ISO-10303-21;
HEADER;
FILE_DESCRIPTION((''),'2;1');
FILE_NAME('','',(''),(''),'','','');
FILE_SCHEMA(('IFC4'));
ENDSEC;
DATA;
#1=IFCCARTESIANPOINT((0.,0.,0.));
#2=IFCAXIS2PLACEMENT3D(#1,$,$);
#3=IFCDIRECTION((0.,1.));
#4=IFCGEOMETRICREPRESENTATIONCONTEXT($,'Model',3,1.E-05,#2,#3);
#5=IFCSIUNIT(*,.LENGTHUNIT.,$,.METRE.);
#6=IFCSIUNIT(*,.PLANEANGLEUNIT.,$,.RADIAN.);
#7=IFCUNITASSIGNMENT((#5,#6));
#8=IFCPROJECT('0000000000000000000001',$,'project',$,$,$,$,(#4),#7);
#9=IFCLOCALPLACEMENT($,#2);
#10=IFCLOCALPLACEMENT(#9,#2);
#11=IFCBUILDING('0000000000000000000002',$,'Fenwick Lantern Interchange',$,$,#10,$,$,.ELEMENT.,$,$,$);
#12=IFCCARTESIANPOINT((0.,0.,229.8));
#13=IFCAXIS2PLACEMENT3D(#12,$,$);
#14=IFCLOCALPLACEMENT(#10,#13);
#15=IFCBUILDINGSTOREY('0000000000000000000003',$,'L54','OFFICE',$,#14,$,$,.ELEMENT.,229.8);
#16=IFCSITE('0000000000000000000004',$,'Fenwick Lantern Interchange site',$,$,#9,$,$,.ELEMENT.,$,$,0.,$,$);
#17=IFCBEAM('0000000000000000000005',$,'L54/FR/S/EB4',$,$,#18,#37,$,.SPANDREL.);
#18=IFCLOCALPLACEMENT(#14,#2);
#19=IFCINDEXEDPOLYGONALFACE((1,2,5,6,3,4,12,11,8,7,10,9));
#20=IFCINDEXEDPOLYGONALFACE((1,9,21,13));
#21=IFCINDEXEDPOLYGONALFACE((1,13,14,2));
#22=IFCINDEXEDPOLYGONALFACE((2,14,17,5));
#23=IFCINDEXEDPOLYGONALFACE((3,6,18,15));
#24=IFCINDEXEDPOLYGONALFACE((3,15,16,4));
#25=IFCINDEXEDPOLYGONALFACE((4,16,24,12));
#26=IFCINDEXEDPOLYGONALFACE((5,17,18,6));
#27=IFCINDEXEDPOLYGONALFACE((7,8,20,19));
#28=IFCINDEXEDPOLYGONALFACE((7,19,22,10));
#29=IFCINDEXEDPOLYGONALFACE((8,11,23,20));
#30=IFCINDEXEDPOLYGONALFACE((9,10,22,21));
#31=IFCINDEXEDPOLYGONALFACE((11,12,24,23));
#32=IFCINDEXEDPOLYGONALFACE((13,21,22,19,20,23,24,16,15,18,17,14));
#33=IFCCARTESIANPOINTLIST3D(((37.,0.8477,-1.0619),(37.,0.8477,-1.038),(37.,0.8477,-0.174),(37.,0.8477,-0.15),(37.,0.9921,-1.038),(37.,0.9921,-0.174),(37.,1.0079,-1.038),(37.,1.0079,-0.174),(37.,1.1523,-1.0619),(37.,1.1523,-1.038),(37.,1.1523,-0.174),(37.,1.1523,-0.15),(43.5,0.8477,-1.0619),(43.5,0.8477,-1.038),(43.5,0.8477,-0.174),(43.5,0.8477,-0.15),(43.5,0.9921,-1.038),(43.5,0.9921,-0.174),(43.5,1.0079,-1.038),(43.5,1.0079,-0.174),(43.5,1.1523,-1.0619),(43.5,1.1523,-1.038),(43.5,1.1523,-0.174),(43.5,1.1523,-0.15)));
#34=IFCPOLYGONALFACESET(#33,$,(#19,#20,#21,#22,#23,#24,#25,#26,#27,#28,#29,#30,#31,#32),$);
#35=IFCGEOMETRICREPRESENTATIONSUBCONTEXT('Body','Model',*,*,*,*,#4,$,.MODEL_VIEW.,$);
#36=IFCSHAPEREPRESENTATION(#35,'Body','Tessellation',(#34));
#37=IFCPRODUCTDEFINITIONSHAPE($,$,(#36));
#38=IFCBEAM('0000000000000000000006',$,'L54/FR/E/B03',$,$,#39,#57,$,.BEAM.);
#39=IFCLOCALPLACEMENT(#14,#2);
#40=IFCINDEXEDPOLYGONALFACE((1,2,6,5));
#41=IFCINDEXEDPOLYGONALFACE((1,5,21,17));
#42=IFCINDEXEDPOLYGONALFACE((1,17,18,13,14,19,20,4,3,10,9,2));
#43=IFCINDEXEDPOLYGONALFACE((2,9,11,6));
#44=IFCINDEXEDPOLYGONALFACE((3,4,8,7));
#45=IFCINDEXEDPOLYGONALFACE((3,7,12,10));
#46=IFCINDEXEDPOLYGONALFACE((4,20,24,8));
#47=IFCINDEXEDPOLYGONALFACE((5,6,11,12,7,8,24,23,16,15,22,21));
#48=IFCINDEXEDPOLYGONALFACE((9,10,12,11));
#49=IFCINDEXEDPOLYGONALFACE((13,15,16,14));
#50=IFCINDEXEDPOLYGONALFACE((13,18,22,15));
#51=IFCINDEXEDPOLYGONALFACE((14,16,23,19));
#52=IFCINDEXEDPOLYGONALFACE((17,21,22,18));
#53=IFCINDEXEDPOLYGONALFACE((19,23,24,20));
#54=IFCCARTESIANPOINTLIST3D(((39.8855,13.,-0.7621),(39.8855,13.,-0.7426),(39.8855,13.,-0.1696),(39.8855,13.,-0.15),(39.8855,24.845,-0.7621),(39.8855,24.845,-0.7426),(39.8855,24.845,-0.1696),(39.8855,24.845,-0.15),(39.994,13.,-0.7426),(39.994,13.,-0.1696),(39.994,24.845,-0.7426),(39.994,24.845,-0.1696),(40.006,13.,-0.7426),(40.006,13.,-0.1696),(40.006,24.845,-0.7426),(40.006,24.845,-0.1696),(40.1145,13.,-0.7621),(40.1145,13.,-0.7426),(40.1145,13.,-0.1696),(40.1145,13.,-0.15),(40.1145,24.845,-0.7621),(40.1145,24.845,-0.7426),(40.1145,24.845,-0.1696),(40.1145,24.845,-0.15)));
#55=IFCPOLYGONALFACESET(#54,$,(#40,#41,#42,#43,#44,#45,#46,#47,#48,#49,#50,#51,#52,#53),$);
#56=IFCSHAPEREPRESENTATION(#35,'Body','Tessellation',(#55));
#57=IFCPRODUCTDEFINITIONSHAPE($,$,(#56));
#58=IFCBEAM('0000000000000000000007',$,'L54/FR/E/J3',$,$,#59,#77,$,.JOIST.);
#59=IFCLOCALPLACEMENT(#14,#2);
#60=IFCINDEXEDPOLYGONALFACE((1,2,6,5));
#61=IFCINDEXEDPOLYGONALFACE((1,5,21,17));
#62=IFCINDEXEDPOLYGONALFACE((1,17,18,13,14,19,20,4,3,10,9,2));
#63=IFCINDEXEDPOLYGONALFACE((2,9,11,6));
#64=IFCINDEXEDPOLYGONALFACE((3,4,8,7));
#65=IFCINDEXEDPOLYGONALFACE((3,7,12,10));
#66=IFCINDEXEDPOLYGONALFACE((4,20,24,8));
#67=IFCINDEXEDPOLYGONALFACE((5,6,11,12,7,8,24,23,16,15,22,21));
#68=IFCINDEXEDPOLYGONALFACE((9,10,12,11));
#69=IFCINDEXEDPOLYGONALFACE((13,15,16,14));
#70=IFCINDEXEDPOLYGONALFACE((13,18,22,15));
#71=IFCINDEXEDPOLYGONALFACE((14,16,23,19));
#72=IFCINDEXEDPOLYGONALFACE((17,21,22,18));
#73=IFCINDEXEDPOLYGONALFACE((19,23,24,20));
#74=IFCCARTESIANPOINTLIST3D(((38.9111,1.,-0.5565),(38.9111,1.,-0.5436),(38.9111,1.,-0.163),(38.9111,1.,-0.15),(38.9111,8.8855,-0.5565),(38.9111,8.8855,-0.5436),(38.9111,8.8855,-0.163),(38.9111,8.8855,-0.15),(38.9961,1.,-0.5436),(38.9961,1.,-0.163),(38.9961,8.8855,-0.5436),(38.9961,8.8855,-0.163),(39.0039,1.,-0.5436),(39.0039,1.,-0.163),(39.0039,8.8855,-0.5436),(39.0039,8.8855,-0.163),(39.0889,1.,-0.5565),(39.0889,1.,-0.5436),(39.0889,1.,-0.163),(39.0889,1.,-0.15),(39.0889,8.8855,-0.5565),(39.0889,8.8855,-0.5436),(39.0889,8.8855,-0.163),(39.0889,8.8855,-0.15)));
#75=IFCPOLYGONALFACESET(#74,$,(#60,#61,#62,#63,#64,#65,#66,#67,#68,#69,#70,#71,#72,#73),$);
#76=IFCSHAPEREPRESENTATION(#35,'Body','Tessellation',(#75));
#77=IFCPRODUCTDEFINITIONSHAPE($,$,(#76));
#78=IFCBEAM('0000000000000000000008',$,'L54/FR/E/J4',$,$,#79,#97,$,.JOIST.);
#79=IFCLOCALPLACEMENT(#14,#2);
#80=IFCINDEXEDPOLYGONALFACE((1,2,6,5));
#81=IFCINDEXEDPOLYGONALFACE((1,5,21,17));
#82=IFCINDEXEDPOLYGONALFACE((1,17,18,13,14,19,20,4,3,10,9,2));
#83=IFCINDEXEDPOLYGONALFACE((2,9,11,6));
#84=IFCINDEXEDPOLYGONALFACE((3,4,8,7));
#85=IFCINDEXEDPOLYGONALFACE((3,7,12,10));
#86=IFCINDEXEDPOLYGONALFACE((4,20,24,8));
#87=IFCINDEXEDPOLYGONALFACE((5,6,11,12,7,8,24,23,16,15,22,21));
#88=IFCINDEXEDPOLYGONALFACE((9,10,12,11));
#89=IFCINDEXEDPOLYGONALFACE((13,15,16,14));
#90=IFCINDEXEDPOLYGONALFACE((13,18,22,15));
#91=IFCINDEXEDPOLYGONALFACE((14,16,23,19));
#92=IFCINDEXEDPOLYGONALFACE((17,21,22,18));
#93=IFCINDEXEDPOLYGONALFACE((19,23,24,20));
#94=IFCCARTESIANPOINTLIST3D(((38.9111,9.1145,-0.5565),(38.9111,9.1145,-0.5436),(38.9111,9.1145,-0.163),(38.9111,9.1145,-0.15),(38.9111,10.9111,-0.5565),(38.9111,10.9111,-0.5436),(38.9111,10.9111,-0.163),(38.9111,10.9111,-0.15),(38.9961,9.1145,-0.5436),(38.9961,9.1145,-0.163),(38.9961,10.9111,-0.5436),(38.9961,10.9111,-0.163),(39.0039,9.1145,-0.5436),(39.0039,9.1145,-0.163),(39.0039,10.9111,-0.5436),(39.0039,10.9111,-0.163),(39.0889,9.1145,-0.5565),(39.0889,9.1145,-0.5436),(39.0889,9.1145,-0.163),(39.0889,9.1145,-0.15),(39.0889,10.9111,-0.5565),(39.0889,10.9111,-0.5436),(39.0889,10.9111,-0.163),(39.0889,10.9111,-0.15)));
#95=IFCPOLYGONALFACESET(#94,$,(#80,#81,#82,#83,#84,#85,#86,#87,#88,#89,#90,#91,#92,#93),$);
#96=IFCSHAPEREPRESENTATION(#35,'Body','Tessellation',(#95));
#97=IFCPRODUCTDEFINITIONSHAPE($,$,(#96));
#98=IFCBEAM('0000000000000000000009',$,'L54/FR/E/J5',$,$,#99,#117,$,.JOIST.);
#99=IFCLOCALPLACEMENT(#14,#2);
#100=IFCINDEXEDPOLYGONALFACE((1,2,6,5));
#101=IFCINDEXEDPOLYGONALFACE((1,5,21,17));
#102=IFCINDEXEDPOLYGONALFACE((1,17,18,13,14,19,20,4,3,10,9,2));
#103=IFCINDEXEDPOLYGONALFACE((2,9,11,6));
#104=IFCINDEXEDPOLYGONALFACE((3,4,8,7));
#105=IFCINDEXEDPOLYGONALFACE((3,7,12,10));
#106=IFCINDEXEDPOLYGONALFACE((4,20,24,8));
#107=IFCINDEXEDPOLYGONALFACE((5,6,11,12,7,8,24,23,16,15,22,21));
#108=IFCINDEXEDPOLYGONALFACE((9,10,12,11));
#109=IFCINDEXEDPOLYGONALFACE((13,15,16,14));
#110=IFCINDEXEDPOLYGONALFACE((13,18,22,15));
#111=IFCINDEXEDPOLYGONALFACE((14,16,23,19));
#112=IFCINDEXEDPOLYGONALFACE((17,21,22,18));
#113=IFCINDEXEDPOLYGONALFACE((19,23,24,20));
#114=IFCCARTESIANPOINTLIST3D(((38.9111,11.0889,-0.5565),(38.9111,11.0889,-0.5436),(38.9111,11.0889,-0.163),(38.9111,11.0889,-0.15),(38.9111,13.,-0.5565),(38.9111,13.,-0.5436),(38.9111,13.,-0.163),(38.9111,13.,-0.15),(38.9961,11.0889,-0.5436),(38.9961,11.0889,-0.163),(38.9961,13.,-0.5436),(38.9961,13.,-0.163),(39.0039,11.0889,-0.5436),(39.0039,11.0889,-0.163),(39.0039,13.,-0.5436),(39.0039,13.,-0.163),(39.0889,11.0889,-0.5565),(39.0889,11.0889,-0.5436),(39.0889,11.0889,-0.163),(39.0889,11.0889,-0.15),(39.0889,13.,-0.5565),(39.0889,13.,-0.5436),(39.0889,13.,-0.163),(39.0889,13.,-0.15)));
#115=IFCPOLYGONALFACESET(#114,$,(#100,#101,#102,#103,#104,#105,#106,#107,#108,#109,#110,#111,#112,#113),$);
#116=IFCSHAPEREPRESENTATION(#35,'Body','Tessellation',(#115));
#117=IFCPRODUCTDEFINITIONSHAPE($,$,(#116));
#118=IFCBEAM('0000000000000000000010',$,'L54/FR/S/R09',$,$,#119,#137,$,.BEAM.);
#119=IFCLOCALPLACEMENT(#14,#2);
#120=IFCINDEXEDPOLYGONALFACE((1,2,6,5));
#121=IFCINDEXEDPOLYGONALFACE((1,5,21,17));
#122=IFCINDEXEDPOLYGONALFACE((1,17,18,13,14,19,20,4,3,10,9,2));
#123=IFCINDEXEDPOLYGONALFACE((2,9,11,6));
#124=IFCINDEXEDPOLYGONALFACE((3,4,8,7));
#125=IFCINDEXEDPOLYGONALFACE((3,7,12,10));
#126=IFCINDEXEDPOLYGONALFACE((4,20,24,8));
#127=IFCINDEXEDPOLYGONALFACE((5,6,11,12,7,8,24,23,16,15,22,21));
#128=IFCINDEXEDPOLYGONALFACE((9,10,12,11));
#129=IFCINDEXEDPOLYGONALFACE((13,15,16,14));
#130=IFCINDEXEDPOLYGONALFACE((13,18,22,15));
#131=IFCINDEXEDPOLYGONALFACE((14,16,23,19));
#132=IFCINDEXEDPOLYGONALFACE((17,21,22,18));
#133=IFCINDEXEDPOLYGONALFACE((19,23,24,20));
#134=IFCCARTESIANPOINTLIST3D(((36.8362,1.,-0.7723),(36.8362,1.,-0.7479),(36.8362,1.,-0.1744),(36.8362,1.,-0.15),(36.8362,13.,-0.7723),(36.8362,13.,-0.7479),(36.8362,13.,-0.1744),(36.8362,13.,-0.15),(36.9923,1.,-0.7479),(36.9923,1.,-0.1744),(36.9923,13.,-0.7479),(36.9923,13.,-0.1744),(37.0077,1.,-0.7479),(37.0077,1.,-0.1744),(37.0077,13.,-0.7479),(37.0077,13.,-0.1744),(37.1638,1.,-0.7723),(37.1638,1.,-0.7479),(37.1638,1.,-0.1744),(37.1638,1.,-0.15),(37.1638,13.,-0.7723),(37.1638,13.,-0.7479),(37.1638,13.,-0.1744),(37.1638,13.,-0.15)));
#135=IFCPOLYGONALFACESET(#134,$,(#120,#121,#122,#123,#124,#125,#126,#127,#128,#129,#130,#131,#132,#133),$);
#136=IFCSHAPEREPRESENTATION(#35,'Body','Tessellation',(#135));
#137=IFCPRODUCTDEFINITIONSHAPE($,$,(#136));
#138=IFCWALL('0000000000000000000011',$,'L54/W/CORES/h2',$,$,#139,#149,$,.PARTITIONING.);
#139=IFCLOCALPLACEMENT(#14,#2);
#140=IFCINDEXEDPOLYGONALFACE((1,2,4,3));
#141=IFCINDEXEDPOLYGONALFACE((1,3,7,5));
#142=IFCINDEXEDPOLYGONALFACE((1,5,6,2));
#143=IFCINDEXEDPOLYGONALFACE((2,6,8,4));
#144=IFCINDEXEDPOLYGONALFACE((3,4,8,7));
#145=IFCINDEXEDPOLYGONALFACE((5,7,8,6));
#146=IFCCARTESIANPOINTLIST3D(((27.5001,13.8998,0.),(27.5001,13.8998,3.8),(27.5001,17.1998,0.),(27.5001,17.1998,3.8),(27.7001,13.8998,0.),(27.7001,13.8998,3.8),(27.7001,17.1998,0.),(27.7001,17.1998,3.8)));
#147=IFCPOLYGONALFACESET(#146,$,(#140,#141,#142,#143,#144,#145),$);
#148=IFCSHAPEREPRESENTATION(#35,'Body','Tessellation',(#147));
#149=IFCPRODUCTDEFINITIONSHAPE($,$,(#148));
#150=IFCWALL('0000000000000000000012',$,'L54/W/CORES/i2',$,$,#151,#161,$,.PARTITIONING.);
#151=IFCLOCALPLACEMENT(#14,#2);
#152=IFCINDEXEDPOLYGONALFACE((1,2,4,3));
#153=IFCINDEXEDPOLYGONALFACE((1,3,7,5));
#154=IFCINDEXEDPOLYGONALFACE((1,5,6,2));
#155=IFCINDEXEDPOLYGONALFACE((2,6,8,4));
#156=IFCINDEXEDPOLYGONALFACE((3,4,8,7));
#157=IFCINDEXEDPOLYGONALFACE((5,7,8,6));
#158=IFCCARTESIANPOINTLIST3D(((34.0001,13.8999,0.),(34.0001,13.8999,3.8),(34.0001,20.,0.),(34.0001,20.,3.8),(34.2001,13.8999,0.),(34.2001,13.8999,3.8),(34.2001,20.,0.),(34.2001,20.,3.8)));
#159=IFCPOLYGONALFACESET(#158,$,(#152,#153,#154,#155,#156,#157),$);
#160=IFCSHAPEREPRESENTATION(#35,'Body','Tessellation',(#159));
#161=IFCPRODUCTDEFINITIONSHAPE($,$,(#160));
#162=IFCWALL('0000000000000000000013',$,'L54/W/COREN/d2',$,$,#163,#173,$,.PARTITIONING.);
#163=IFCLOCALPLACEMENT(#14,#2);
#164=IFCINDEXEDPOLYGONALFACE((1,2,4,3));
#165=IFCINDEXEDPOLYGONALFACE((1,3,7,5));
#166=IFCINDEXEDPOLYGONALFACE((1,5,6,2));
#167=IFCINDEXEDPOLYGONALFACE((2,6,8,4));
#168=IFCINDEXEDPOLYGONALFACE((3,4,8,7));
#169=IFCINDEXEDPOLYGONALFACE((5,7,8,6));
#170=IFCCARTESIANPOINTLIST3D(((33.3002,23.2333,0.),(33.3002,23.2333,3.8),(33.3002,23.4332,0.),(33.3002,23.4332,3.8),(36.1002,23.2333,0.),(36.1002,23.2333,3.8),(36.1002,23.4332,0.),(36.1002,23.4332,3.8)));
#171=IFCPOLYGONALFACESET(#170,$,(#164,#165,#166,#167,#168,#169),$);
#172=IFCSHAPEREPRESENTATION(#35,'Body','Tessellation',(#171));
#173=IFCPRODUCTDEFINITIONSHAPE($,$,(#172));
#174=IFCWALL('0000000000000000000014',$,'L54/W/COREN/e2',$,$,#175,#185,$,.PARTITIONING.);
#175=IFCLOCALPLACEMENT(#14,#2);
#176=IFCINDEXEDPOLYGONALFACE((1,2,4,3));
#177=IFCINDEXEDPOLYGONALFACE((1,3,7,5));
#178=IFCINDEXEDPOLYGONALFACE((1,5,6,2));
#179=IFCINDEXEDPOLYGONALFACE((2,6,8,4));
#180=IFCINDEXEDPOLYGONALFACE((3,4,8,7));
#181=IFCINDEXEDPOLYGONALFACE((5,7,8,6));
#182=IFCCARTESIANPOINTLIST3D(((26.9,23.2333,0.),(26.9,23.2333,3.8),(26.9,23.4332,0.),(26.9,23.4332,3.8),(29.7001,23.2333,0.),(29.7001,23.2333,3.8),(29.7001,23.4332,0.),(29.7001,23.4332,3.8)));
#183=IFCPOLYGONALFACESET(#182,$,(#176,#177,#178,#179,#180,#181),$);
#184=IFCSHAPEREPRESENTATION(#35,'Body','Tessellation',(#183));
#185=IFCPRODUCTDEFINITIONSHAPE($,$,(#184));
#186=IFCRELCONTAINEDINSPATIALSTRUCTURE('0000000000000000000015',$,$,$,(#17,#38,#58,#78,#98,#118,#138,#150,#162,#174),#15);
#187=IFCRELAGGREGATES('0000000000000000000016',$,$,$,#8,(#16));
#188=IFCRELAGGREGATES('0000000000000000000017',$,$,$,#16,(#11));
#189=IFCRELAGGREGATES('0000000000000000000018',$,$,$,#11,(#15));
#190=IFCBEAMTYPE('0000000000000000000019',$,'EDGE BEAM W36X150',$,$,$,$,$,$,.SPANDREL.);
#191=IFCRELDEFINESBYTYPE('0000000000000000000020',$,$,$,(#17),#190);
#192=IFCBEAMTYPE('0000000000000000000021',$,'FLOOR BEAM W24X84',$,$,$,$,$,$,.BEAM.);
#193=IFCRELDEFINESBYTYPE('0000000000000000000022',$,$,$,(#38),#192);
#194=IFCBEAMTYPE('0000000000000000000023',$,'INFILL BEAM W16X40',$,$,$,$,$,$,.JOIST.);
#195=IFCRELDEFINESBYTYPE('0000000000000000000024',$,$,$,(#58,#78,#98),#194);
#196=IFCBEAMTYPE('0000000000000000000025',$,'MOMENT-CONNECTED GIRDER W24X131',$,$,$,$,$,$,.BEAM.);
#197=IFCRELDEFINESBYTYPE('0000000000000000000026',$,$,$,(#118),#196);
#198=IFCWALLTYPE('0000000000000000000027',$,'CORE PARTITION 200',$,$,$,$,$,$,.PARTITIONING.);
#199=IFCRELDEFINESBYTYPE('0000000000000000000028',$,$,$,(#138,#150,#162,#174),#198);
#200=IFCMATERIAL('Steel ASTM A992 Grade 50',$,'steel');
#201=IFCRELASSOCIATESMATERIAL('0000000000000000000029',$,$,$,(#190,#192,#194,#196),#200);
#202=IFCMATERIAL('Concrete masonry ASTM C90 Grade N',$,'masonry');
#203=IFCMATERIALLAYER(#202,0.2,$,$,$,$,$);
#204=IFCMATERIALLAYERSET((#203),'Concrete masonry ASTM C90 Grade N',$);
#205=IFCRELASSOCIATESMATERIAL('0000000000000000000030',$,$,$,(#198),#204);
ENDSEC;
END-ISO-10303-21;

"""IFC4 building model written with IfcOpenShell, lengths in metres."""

from ifc_helpers import new_model, si_unit, direction, frame, frame_2d, origin, origin_2d, place, context, subcontext, project, spatial, rectangle, i_section, extrude, material, layer, layer_set, material_profile, profile_set, type_object, element, save


model = new_model("IFC4")

# Units and contexts
model_context = context("Model", 3, precision=1e-05, world=origin(), true_north=direction((0.0, 1.0)))
body_context = subcontext(model_context, "Body", "Model", "MODEL_VIEW")
ifc_project = project(units=[si_unit("LENGTHUNIT", "METRE"), si_unit("PLANEANGLEUNIT", "RADIAN")], contexts=[model_context])

# Site, building, storey
site_placement = place(None, origin())
site = spatial("IfcSite", under=ifc_project, at=site_placement, Name="Fenwick Lantern Interchange site", CompositionType="ELEMENT", RefElevation=0.0)
building_placement = place(site_placement, origin())
building = spatial("IfcBuilding", under=site, at=building_placement, Name="Fenwick Lantern Interchange", CompositionType="ELEMENT")
storey_placement = place(building_placement, frame((0.0, 0.0, 229.8)))
storey = spatial("IfcBuildingStorey", under=building, at=storey_placement, Name="L54", Description="OFFICE", CompositionType="ELEMENT", Elevation=229.8)

# Beams
ifc_material_1 = material(Name="Steel ASTM A992 Grade 50", Category="steel")
ifc_material_profile_1 = material_profile(ifc_material_1, i_section(OverallWidth=0.3047, OverallDepth=0.9119, WebThickness=0.0159, FlangeThickness=0.0239, at=origin_2d()), Name="W36X150")
ifc_profile_set_1 = profile_set([ifc_material_profile_1], Name="Steel ASTM A992 Grade 50")
beam_type_1 = type_object("IfcBeamType", Name="EDGE BEAM W36X150", PredefinedType="SPANDREL", material=ifc_profile_set_1)
beam_1_placement = place(storey_placement, frame((37.0, 1.0, -0.606), z_axis=(1.0, 0.0, 0.0), x_axis=(0.0, 1.0, 0.0)))
element("IfcBeam", 1, at=beam_1_placement, inside=storey, type_object=beam_type_1, Name="L54/FR/S/EB4", PredefinedType="SPANDREL", context=body_context, shape_type="SweptSolid", body=[
    extrude(i_section(OverallWidth=0.3047, OverallDepth=0.9119, WebThickness=0.0159, FlangeThickness=0.0239, at=origin_2d()), origin(), (0.0, 0.0, 1.0), 6.5),
])
ifc_material_profile_2 = material_profile(ifc_material_1, i_section(OverallWidth=0.229, OverallDepth=0.6121, WebThickness=0.012, FlangeThickness=0.0195, at=origin_2d()), Name="W24X84")
ifc_profile_set_2 = profile_set([ifc_material_profile_2], Name="Steel ASTM A992 Grade 50")
beam_type_2 = type_object("IfcBeamType", Name="FLOOR BEAM W24X84", PredefinedType="BEAM", material=ifc_profile_set_2)
beam_2_placement = place(storey_placement, frame((40.0, 13.0, -0.4561), z_axis=(0.0, 1.0, 0.0), x_axis=(-1.0, 0.0, 0.0)))
element("IfcBeam", 2, at=beam_2_placement, inside=storey, type_object=beam_type_2, Name="L54/FR/E/B03", PredefinedType="BEAM", context=body_context, shape_type="SweptSolid", body=[
    extrude(i_section(OverallWidth=0.229, OverallDepth=0.6121, WebThickness=0.012, FlangeThickness=0.0195, at=origin_2d()), origin(), (0.0, 0.0, 1.0), 11.845),
])
ifc_material_profile_3 = material_profile(ifc_material_1, i_section(OverallWidth=0.1777, OverallDepth=0.4065, WebThickness=0.0078, FlangeThickness=0.0129, at=origin_2d()), Name="W16X40")
ifc_profile_set_3 = profile_set([ifc_material_profile_3], Name="Steel ASTM A992 Grade 50")
beam_type_3 = type_object("IfcBeamType", Name="INFILL BEAM W16X40", PredefinedType="JOIST", material=ifc_profile_set_3)
beam_3_placement = place(storey_placement, frame((39.0, 1.0, -0.3533), z_axis=(0.0, 1.0, 0.0), x_axis=(-1.0, 0.0, 0.0)))
element("IfcBeam", 3, at=beam_3_placement, inside=storey, type_object=beam_type_3, Name="L54/FR/E/J3", PredefinedType="JOIST", context=body_context, shape_type="SweptSolid", body=[
    extrude(i_section(OverallWidth=0.1777, OverallDepth=0.4065, WebThickness=0.0078, FlangeThickness=0.0129, at=origin_2d()), origin(), (0.0, 0.0, 1.0), 7.8855),
])
beam_4_placement = place(storey_placement, frame((39.0, 9.1145, -0.3533), z_axis=(0.0, 1.0, 0.0), x_axis=(-1.0, 0.0, 0.0)))
element("IfcBeam", 4, at=beam_4_placement, inside=storey, type_object=beam_type_3, Name="L54/FR/E/J4", PredefinedType="JOIST", context=body_context, shape_type="SweptSolid", body=[
    extrude(i_section(OverallWidth=0.1777, OverallDepth=0.4065, WebThickness=0.0078, FlangeThickness=0.0129, at=origin_2d()), origin(), (0.0, 0.0, 1.0), 1.7966),
])
beam_5_placement = place(storey_placement, frame((39.0, 11.0889, -0.3533), z_axis=(0.0, 1.0, 0.0), x_axis=(-1.0, 0.0, 0.0)))
element("IfcBeam", 5, at=beam_5_placement, inside=storey, type_object=beam_type_3, Name="L54/FR/E/J5", PredefinedType="JOIST", context=body_context, shape_type="SweptSolid", body=[
    extrude(i_section(OverallWidth=0.1777, OverallDepth=0.4065, WebThickness=0.0078, FlangeThickness=0.0129, at=origin_2d()), origin(), (0.0, 0.0, 1.0), 1.9111),
])
ifc_material_profile_4 = material_profile(ifc_material_1, i_section(OverallWidth=0.3276, OverallDepth=0.6223, WebThickness=0.0154, FlangeThickness=0.0244, at=origin_2d()), Name="W24X131")
ifc_profile_set_4 = profile_set([ifc_material_profile_4], Name="Steel ASTM A992 Grade 50")
beam_type_4 = type_object("IfcBeamType", Name="MOMENT-CONNECTED GIRDER W24X131", PredefinedType="BEAM", material=ifc_profile_set_4)
beam_6_placement = place(storey_placement, frame((37.0, 1.0, -0.4612), z_axis=(0.0, 1.0, 0.0), x_axis=(-1.0, 0.0, 0.0)))
element("IfcBeam", 6, at=beam_6_placement, inside=storey, type_object=beam_type_4, Name="L54/FR/S/R09", PredefinedType="BEAM", context=body_context, shape_type="SweptSolid", body=[
    extrude(i_section(OverallWidth=0.3276, OverallDepth=0.6223, WebThickness=0.0154, FlangeThickness=0.0244, at=origin_2d()), origin(), (0.0, 0.0, 1.0), 12.0),
])

# Walls
ifc_material_2 = material(Name="Concrete masonry ASTM C90 Grade N", Category="masonry")
ifc_layer_1 = layer(ifc_material_2, 0.2)
ifc_layer_set_1 = layer_set([ifc_layer_1], Name="Concrete masonry ASTM C90 Grade N")
wall_type_1 = type_object("IfcWallType", Name="CORE PARTITION 200", PredefinedType="PARTITIONING", material=ifc_layer_set_1)
wall_1_placement = place(storey_placement, frame((27.6001, 13.8999, 0.0), z_axis=(0.0, 0.0, 1.0), x_axis=(0.0, 1.0, 0.0)))
element("IfcWall", 7, at=wall_1_placement, inside=storey, type_object=wall_type_1, Name="L54/W/CORES/h2", PredefinedType="PARTITIONING", context=body_context, shape_type="SweptSolid", body=[
    extrude(rectangle(XDim=3.3, YDim=0.2, at=frame_2d((1.6499, 0.0))), origin(), (0.0, 0.0, 1.0), 3.8),
])
wall_2_placement = place(storey_placement, frame((34.1001, 13.8999, 0.0), z_axis=(0.0, 0.0, 1.0), x_axis=(0.0, 1.0, 0.0)))
element("IfcWall", 8, at=wall_2_placement, inside=storey, type_object=wall_type_1, Name="L54/W/CORES/i2", PredefinedType="PARTITIONING", context=body_context, shape_type="SweptSolid", body=[
    extrude(rectangle(XDim=6.1001, YDim=0.2, at=frame_2d((3.05, 0.0))), origin(), (0.0, 0.0, 1.0), 3.8),
])
for number, where, z_axis, x_axis, name in (
    (9, (36.1001, 23.3333, 0.0), (0.0, 0.0, 1.0), (-1.0, 0.0, 0.0), "L54/W/COREN/d2"),
    (10, (29.7, 23.3333, 0.0), (0.0, 0.0, 1.0), (-1.0, 0.0, 0.0), "L54/W/COREN/e2"),
):
    element("IfcWall", number, at=place(storey_placement, frame(where, z_axis=z_axis, x_axis=x_axis)), inside=storey, type_object=wall_type_1, Name=name, PredefinedType="PARTITIONING", context=body_context, shape_type="SweptSolid", body=[
        extrude(rectangle(XDim=2.8, YDim=0.2, at=frame_2d((1.3999, 0.0))), origin(), (0.0, 0.0, 1.0), 3.8),
    ])

save(model, "model.ifc")
